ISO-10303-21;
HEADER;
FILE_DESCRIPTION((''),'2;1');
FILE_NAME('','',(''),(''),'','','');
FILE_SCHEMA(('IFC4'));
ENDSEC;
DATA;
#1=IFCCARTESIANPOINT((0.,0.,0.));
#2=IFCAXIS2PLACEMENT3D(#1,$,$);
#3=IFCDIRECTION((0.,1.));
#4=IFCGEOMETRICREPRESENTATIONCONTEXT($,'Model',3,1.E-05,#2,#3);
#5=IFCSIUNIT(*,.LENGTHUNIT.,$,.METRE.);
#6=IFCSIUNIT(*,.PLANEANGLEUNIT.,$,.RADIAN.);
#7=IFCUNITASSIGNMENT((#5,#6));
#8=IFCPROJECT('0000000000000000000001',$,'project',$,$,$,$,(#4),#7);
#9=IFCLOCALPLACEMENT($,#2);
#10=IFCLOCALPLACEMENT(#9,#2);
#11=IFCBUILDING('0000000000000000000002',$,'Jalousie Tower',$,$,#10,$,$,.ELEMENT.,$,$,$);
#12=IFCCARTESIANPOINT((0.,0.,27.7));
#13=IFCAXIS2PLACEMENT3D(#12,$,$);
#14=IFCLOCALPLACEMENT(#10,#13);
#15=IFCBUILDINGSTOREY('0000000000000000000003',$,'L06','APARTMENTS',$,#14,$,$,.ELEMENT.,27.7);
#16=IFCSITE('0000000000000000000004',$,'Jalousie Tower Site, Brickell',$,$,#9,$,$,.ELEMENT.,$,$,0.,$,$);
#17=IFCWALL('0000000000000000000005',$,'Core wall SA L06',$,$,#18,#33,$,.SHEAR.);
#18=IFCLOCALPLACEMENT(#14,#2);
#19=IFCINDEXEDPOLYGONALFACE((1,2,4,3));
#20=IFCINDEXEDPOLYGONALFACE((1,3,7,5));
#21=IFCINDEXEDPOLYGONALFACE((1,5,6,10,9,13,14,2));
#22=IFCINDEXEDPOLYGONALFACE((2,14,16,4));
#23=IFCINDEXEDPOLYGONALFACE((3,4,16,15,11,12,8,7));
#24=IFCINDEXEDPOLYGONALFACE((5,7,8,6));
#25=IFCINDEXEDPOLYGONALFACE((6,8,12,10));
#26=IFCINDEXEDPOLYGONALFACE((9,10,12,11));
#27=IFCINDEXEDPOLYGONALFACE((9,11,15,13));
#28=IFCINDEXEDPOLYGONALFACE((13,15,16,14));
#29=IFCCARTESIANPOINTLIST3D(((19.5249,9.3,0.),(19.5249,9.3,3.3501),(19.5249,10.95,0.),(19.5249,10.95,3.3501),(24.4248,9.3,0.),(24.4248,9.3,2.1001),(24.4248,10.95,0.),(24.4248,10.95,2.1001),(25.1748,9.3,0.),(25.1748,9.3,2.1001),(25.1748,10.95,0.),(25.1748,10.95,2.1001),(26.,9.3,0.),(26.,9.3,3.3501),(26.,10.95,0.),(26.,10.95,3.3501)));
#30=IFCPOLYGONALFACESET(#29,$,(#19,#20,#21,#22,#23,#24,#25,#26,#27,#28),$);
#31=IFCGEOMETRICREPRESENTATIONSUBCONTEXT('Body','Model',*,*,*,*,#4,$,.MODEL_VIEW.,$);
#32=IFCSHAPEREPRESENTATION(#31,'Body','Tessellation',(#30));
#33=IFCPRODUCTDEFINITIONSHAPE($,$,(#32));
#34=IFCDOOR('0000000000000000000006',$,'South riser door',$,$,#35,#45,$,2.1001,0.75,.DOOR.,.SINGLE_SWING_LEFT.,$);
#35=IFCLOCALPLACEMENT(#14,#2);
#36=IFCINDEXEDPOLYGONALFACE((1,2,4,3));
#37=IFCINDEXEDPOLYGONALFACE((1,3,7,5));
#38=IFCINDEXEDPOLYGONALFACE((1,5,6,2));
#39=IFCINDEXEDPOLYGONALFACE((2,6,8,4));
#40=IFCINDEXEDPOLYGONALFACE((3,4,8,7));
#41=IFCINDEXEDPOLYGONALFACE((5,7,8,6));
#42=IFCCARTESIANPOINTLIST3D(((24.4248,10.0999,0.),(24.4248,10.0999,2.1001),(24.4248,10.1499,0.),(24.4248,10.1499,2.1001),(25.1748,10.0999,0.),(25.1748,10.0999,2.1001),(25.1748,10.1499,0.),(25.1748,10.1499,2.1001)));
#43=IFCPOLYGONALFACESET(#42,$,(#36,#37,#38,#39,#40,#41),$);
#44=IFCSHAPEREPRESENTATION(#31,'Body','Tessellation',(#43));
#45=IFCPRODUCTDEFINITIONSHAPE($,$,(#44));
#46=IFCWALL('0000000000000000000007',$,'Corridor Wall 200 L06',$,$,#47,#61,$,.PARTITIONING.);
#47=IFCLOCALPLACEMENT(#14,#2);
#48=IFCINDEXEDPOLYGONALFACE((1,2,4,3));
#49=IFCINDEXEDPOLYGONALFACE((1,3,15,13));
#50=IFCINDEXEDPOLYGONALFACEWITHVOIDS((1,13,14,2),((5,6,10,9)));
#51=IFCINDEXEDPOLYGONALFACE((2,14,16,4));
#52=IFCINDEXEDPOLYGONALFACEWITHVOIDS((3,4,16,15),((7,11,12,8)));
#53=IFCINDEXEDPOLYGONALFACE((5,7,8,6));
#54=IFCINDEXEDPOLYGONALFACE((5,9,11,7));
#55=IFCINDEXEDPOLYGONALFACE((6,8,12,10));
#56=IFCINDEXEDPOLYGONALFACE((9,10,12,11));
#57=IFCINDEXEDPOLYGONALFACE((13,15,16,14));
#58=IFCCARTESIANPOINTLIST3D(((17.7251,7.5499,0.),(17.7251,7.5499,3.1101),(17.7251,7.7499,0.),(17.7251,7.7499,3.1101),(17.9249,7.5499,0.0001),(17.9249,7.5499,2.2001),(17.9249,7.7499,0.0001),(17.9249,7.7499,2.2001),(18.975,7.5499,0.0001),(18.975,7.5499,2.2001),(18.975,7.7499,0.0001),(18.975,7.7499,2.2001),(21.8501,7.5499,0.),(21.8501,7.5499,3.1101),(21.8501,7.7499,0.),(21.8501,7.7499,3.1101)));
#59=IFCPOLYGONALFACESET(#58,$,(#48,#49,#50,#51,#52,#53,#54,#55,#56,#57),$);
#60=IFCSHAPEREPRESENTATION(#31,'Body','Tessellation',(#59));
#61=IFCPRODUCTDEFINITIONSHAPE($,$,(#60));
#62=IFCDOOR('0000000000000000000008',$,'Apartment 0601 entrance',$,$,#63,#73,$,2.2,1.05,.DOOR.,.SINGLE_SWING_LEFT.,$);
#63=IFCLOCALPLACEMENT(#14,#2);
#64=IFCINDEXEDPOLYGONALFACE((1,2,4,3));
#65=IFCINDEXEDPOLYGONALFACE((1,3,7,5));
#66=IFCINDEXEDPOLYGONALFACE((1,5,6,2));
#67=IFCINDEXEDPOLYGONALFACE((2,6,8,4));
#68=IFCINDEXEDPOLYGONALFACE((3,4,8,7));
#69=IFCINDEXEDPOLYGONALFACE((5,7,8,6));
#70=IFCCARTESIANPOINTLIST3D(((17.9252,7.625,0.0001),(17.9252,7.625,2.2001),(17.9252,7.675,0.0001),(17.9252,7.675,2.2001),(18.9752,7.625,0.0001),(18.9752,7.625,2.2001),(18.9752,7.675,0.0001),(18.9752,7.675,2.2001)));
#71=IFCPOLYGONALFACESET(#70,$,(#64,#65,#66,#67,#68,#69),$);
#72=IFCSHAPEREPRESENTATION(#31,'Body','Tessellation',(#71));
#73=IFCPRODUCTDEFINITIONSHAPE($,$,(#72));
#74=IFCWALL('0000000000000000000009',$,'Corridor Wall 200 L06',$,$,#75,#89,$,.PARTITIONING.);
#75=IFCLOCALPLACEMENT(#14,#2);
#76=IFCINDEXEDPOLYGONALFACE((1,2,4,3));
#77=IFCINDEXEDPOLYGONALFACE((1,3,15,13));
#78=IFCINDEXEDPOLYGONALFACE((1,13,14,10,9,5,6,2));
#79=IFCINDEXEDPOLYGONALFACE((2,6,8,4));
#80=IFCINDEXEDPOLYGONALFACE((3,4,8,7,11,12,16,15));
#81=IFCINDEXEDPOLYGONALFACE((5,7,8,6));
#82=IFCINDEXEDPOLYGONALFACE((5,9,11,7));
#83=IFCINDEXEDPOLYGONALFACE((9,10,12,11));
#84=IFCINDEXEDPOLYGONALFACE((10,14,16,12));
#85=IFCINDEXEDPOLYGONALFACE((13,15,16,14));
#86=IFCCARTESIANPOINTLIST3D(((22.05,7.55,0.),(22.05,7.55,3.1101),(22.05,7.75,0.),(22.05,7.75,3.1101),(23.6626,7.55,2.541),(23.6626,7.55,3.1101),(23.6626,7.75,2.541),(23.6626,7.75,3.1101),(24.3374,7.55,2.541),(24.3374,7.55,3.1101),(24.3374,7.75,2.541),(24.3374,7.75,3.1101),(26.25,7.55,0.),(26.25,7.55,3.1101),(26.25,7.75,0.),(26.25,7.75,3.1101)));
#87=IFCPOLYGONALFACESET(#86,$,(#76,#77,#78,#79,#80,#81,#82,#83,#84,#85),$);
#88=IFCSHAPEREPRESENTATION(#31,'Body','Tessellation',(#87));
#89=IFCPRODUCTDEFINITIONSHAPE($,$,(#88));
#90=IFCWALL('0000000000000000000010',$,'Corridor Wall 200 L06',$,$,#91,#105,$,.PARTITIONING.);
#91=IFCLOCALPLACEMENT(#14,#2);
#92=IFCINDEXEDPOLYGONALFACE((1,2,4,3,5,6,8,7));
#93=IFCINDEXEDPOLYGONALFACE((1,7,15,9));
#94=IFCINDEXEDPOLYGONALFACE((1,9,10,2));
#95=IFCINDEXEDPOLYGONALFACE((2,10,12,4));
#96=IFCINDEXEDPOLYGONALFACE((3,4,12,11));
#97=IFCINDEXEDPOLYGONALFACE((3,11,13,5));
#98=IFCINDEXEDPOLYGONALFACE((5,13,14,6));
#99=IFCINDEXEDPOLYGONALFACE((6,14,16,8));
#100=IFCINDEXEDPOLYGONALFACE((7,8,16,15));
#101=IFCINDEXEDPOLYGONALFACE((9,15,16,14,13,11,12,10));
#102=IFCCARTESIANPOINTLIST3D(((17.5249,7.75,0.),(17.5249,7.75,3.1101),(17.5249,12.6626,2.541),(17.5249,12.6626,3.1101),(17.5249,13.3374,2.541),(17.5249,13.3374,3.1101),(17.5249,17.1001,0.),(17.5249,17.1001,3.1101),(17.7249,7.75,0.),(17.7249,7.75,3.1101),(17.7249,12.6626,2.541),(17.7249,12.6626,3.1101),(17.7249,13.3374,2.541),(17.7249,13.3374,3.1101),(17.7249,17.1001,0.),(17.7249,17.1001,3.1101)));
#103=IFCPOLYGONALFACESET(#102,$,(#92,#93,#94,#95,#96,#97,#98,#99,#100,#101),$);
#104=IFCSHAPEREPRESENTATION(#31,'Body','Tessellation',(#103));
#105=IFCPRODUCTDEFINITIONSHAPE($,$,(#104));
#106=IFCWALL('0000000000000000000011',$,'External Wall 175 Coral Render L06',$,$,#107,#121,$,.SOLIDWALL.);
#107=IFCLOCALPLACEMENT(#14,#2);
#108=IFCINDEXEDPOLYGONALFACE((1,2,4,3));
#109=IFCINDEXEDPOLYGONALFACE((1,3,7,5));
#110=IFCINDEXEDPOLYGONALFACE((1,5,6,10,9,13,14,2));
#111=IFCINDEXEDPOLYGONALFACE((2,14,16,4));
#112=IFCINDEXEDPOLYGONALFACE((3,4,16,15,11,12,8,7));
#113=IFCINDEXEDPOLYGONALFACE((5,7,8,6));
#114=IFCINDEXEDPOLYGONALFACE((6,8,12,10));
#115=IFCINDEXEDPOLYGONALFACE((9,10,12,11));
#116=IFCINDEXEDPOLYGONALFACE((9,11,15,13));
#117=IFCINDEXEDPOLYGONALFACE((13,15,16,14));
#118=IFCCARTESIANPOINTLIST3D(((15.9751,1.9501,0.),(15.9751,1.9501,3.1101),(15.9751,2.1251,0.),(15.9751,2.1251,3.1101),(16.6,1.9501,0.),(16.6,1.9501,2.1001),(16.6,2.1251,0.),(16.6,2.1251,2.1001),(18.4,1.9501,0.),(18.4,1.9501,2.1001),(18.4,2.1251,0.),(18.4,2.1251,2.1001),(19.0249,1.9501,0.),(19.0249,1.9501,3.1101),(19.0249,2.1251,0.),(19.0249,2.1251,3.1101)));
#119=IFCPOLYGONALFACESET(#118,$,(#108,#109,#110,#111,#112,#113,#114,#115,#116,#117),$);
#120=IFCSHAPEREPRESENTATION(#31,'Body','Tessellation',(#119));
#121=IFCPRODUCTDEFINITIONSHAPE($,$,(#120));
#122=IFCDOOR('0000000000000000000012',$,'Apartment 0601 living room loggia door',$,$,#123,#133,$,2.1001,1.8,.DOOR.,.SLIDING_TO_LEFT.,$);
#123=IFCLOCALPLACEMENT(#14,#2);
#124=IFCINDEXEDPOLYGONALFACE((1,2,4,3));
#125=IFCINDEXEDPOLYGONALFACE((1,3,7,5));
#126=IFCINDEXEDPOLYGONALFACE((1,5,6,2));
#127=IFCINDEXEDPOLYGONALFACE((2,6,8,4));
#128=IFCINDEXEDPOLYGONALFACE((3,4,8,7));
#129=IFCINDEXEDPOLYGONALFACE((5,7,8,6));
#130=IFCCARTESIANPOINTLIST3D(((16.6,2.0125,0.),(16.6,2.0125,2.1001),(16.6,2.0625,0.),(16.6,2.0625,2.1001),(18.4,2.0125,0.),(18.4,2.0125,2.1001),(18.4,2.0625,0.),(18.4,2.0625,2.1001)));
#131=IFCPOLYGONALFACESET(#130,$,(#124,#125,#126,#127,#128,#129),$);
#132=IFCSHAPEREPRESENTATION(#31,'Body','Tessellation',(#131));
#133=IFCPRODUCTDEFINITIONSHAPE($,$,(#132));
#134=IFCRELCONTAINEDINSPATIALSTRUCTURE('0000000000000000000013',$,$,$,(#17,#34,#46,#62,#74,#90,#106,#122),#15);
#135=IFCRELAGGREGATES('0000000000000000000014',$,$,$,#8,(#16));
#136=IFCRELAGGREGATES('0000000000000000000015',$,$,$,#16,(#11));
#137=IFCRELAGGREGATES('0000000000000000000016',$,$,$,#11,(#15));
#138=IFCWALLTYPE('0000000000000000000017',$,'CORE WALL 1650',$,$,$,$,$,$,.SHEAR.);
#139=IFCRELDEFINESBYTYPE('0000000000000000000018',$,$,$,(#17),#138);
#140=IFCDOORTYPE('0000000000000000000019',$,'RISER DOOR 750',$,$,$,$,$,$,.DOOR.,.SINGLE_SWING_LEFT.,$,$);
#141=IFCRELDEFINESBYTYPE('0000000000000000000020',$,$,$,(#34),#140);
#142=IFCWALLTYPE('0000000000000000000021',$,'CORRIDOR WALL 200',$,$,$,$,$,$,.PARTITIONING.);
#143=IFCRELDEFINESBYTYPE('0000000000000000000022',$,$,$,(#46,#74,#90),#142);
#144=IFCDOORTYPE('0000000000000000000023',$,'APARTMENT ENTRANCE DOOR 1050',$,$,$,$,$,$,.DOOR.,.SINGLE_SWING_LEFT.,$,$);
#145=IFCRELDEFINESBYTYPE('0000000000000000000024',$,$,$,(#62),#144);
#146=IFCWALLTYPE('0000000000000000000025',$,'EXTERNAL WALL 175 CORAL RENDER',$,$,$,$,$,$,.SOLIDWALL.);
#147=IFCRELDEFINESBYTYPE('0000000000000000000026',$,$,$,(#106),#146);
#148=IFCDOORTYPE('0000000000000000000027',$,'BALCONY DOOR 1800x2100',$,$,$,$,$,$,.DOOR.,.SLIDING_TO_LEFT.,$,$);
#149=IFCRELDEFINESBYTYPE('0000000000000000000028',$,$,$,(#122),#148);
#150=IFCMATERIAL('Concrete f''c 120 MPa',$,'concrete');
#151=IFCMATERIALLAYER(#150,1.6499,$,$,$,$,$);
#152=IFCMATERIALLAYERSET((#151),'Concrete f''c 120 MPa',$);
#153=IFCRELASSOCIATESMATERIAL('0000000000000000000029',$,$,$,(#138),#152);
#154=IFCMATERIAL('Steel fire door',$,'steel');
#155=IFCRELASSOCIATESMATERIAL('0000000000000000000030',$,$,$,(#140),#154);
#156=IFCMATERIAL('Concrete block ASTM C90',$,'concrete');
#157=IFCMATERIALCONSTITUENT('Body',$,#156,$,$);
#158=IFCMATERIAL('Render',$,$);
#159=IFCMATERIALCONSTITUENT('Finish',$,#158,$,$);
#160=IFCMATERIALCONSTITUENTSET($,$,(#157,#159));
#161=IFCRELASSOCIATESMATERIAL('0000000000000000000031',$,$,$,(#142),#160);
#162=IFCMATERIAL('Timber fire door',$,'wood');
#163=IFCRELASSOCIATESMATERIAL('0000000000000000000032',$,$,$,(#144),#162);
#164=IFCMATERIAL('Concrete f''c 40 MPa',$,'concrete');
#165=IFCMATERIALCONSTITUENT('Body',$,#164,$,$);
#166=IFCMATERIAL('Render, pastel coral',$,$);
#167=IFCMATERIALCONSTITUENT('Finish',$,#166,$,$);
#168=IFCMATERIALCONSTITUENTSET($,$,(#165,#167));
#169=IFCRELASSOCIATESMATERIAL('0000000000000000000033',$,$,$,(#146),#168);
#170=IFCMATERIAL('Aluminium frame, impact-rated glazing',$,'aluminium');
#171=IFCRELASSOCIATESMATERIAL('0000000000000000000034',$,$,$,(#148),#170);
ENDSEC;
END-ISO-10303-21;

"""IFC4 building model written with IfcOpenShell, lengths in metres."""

from ifc_helpers import new_model, si_unit, direction, frame, frame_2d, origin, place, context, subcontext, project, spatial, polyline, rectangle, outline, extrude, material, layer, layer_set, constituent, constituent_set, type_object, element, fill, save


model = new_model("IFC4")

# Units and contexts
model_context = context("Model", 3, precision=1e-05, world=origin(), true_north=direction((0.0, 1.0)))
body_context = subcontext(model_context, "Body", "Model", "MODEL_VIEW")
ifc_project = project(units=[si_unit("LENGTHUNIT", "METRE"), si_unit("PLANEANGLEUNIT", "RADIAN")], contexts=[model_context])

# Site, building, storey
site_placement = place(None, origin())
site = spatial("IfcSite", under=ifc_project, at=site_placement, Name="Jalousie Tower Site, Brickell", CompositionType="ELEMENT", RefElevation=0.0)
building_placement = place(site_placement, origin())
building = spatial("IfcBuilding", under=site, at=building_placement, Name="Jalousie Tower", CompositionType="ELEMENT")
storey_placement = place(building_placement, frame((0.0, 0.0, 27.7)))
storey = spatial("IfcBuildingStorey", under=building, at=storey_placement, Name="L06", Description="APARTMENTS", CompositionType="ELEMENT", Elevation=27.7)

# Walls, openings, doors
ifc_material_1 = material(Name="Concrete f'c 120 MPa", Category="concrete")
ifc_layer_1 = layer(ifc_material_1, 1.6499)
ifc_layer_set_1 = layer_set([ifc_layer_1], Name="Concrete f'c 120 MPa")
wall_type_1 = type_object("IfcWallType", Name="CORE WALL 1650", PredefinedType="SHEAR", material=ifc_layer_set_1)
wall_1_placement = place(storey_placement, frame((19.5249, 10.125, 0.0), z_axis=(0.0, 0.0, 1.0), x_axis=(1.0, 0.0, 0.0)))
wall_1 = element("IfcWall", 1, at=wall_1_placement, inside=storey, type_object=wall_type_1, Name="Core wall SA L06", PredefinedType="SHEAR", context=body_context, shape_type="SweptSolid", body=[
    extrude(rectangle(XDim=6.4751, YDim=1.6499, at=frame_2d((3.2375, 0.0))), origin(), (0.0, 0.0, 1.0), 3.3501),
])
opening_1_placement = place(wall_1_placement, frame((4.8999, 0.0, 0.0)))
opening_1 = element("IfcOpeningElement", 2, at=opening_1_placement, cuts=wall_1, PredefinedType="OPENING", context=body_context, shape_type="SweptSolid", body=[
    extrude(rectangle(XDim=0.75, YDim=2.1001, at=frame_2d((0.375, 1.05))), frame((0.0, 0.835, 0.0), z_axis=(0.0, -1.0, 0.0), x_axis=(1.0, 0.0, 0.0)), (0.0, 0.0, 1.0), 1.6699),
])
ifc_material_2 = material(Name="Steel fire door", Category="steel")
door_type_1 = type_object("IfcDoorType", Name="RISER DOOR 750", OperationType="SINGLE_SWING_LEFT", PredefinedType="DOOR", material=ifc_material_2)
door_1_placement = place(opening_1_placement, origin())
door_1 = element("IfcDoor", 3, at=door_1_placement, inside=storey, type_object=door_type_1, Name="South riser door", OperationType="SINGLE_SWING_LEFT", OverallHeight=2.1001, OverallWidth=0.75, PredefinedType="DOOR", context=body_context, shape_type="SweptSolid", body=[
    extrude(rectangle(XDim=0.75, YDim=2.1001, at=frame_2d((0.375, 1.05))), frame((0.0, 0.0249, 0.0), z_axis=(0.0, -1.0, 0.0), x_axis=(1.0, 0.0, 0.0)), (0.0, 0.0, 1.0), 0.05),
])
fill(opening_1, door_1)
ifc_material_3 = material(Name="Concrete block ASTM C90", Category="concrete")
ifc_constituent_1 = constituent(ifc_material_3, Name="Body")
ifc_material_4 = material(Name="Render")
ifc_constituent_2 = constituent(ifc_material_4, Name="Finish")
ifc_constituent_set_1 = constituent_set(constituents=[ifc_constituent_1, ifc_constituent_2])
wall_type_2 = type_object("IfcWallType", Name="CORRIDOR WALL 200", PredefinedType="PARTITIONING", material=ifc_constituent_set_1)
wall_2_placement = place(storey_placement, frame((17.7251, 7.6499, 0.0), z_axis=(0.0, 0.0, 1.0), x_axis=(1.0, 0.0, 0.0)))
wall_2 = element("IfcWall", 4, at=wall_2_placement, inside=storey, type_object=wall_type_2, Name="Corridor Wall 200 L06", PredefinedType="PARTITIONING", context=body_context, shape_type="SweptSolid", body=[
    extrude(rectangle(XDim=4.125, YDim=0.2, at=frame_2d((2.0625, 0.0))), origin(), (0.0, 0.0, 1.0), 3.1101),
])
opening_2_placement = place(wall_2_placement, frame((0.2, 0.0, 0.0)))
opening_2 = element("IfcOpeningElement", 5, at=opening_2_placement, cuts=wall_2, PredefinedType="OPENING", context=body_context, shape_type="SweptSolid", body=[
    extrude(rectangle(XDim=1.05, YDim=2.2, at=frame_2d((0.5249, 1.1001))), frame((0.0, 0.1099, 0.0), z_axis=(0.0, -1.0, 0.0), x_axis=(1.0, 0.0, 0.0)), (0.0, 0.0, 1.0), 0.22),
])
ifc_material_5 = material(Name="Timber fire door", Category="wood")
door_type_2 = type_object("IfcDoorType", Name="APARTMENT ENTRANCE DOOR 1050", OperationType="SINGLE_SWING_LEFT", PredefinedType="DOOR", material=ifc_material_5)
door_2_placement = place(opening_2_placement, frame((1.05, 0.0, 0.0), z_axis=(0.0, 0.0, 1.0), x_axis=(-1.0, 0.0, 0.0)))
door_2 = element("IfcDoor", 6, at=door_2_placement, inside=storey, type_object=door_type_2, Name="Apartment 0601 entrance", OperationType="SINGLE_SWING_LEFT", OverallHeight=2.2, OverallWidth=1.05, PredefinedType="DOOR", context=body_context, shape_type="SweptSolid", body=[
    extrude(rectangle(XDim=1.05, YDim=2.2, at=frame_2d((0.5249, 1.1001))), frame((0.0, 0.0249, 0.0), z_axis=(0.0, -1.0, 0.0), x_axis=(1.0, 0.0, 0.0)), (0.0, 0.0, 1.0), 0.05),
])
fill(opening_2, door_2)

# Walls
wall_3_placement = place(storey_placement, frame((22.05, 7.6499, 0.0), z_axis=(0.0, 0.0, 1.0), x_axis=(1.0, 0.0, 0.0)))
element("IfcWall", 7, at=wall_3_placement, inside=storey, type_object=wall_type_2, Name="Corridor Wall 200 L06", PredefinedType="PARTITIONING", context=body_context, shape_type="SweptSolid", body=[
    extrude(outline(polyline([(0.0, 0.0), (4.2, 0.0), (4.2, 3.1101), (2.2874, 3.1101), (2.2874, 2.541), (1.6125, 2.541), (1.6125, 3.1101), (0.0, 3.1101), (0.0, 0.0)])), frame((0.0, 0.1001, 0.0), z_axis=(0.0, -1.0, 0.0), x_axis=(1.0, 0.0, 0.0)), (0.0, 0.0, 1.0), 0.2),
])
wall_4_placement = place(storey_placement, frame((17.625, 7.75, 0.0), z_axis=(0.0, 0.0, 1.0), x_axis=(0.0, 1.0, 0.0)))
element("IfcWall", 8, at=wall_4_placement, inside=storey, type_object=wall_type_2, Name="Corridor Wall 200 L06", PredefinedType="PARTITIONING", context=body_context, shape_type="SweptSolid", body=[
    extrude(outline(polyline([(0.0, 0.0), (9.3501, 0.0), (9.3501, 3.1101), (5.5874, 3.1101), (5.5874, 2.541), (4.9126, 2.541), (4.9126, 3.1101), (0.0, 3.1101), (0.0, 0.0)])), frame((0.0, 0.1001, 0.0), z_axis=(0.0, -1.0, 0.0), x_axis=(1.0, 0.0, 0.0)), (0.0, 0.0, 1.0), 0.2),
])

# Wall, opening, door
ifc_material_6 = material(Name="Concrete f'c 40 MPa", Category="concrete")
ifc_constituent_3 = constituent(ifc_material_6, Name="Body")
ifc_material_7 = material(Name="Render, pastel coral")
ifc_constituent_4 = constituent(ifc_material_7, Name="Finish")
ifc_constituent_set_2 = constituent_set(constituents=[ifc_constituent_3, ifc_constituent_4])
wall_type_3 = type_object("IfcWallType", Name="EXTERNAL WALL 175 CORAL RENDER", PredefinedType="SOLIDWALL", material=ifc_constituent_set_2)
wall_5_placement = place(storey_placement, frame((15.9751, 2.0376, 0.0), z_axis=(0.0, 0.0, 1.0), x_axis=(1.0, 0.0, 0.0)))
wall_5 = element("IfcWall", 9, at=wall_5_placement, inside=storey, type_object=wall_type_3, Name="External Wall 175 Coral Render L06", PredefinedType="SOLIDWALL", context=body_context, shape_type="SweptSolid", body=[
    extrude(rectangle(XDim=3.0498, YDim=0.175, at=frame_2d((1.5249, 0.0))), origin(), (0.0, 0.0, 1.0), 3.1101),
])
opening_3_placement = place(wall_5_placement, frame((0.625, 0.0, 0.0)))
opening_3 = element("IfcOpeningElement", 10, at=opening_3_placement, cuts=wall_5, PredefinedType="OPENING", context=body_context, shape_type="SweptSolid", body=[
    extrude(rectangle(XDim=1.8, YDim=2.1001, at=frame_2d((0.8999, 1.05))), frame((0.0, 0.0974, 0.0), z_axis=(0.0, -1.0, 0.0), x_axis=(1.0, 0.0, 0.0)), (0.0, 0.0, 1.0), 0.1951),
])
ifc_material_8 = material(Name="Aluminium frame, impact-rated glazing", Category="aluminium")
door_type_3 = type_object("IfcDoorType", Name="BALCONY DOOR 1800x2100", OperationType="SLIDING_TO_LEFT", PredefinedType="DOOR", material=ifc_material_8)
door_3_placement = place(opening_3_placement, origin())
door_3 = element("IfcDoor", 11, at=door_3_placement, inside=storey, type_object=door_type_3, Name="Apartment 0601 living room loggia door", OperationType="SLIDING_TO_LEFT", OverallHeight=2.1001, OverallWidth=1.8, PredefinedType="DOOR", context=body_context, shape_type="SweptSolid", body=[
    extrude(rectangle(XDim=1.8, YDim=2.1001, at=frame_2d((0.8999, 1.05))), frame((0.0, 0.0249, 0.0), z_axis=(0.0, -1.0, 0.0), x_axis=(1.0, 0.0, 0.0)), (0.0, 0.0, 1.0), 0.05),
])
fill(opening_3, door_3)

save(model, "model.ifc")
